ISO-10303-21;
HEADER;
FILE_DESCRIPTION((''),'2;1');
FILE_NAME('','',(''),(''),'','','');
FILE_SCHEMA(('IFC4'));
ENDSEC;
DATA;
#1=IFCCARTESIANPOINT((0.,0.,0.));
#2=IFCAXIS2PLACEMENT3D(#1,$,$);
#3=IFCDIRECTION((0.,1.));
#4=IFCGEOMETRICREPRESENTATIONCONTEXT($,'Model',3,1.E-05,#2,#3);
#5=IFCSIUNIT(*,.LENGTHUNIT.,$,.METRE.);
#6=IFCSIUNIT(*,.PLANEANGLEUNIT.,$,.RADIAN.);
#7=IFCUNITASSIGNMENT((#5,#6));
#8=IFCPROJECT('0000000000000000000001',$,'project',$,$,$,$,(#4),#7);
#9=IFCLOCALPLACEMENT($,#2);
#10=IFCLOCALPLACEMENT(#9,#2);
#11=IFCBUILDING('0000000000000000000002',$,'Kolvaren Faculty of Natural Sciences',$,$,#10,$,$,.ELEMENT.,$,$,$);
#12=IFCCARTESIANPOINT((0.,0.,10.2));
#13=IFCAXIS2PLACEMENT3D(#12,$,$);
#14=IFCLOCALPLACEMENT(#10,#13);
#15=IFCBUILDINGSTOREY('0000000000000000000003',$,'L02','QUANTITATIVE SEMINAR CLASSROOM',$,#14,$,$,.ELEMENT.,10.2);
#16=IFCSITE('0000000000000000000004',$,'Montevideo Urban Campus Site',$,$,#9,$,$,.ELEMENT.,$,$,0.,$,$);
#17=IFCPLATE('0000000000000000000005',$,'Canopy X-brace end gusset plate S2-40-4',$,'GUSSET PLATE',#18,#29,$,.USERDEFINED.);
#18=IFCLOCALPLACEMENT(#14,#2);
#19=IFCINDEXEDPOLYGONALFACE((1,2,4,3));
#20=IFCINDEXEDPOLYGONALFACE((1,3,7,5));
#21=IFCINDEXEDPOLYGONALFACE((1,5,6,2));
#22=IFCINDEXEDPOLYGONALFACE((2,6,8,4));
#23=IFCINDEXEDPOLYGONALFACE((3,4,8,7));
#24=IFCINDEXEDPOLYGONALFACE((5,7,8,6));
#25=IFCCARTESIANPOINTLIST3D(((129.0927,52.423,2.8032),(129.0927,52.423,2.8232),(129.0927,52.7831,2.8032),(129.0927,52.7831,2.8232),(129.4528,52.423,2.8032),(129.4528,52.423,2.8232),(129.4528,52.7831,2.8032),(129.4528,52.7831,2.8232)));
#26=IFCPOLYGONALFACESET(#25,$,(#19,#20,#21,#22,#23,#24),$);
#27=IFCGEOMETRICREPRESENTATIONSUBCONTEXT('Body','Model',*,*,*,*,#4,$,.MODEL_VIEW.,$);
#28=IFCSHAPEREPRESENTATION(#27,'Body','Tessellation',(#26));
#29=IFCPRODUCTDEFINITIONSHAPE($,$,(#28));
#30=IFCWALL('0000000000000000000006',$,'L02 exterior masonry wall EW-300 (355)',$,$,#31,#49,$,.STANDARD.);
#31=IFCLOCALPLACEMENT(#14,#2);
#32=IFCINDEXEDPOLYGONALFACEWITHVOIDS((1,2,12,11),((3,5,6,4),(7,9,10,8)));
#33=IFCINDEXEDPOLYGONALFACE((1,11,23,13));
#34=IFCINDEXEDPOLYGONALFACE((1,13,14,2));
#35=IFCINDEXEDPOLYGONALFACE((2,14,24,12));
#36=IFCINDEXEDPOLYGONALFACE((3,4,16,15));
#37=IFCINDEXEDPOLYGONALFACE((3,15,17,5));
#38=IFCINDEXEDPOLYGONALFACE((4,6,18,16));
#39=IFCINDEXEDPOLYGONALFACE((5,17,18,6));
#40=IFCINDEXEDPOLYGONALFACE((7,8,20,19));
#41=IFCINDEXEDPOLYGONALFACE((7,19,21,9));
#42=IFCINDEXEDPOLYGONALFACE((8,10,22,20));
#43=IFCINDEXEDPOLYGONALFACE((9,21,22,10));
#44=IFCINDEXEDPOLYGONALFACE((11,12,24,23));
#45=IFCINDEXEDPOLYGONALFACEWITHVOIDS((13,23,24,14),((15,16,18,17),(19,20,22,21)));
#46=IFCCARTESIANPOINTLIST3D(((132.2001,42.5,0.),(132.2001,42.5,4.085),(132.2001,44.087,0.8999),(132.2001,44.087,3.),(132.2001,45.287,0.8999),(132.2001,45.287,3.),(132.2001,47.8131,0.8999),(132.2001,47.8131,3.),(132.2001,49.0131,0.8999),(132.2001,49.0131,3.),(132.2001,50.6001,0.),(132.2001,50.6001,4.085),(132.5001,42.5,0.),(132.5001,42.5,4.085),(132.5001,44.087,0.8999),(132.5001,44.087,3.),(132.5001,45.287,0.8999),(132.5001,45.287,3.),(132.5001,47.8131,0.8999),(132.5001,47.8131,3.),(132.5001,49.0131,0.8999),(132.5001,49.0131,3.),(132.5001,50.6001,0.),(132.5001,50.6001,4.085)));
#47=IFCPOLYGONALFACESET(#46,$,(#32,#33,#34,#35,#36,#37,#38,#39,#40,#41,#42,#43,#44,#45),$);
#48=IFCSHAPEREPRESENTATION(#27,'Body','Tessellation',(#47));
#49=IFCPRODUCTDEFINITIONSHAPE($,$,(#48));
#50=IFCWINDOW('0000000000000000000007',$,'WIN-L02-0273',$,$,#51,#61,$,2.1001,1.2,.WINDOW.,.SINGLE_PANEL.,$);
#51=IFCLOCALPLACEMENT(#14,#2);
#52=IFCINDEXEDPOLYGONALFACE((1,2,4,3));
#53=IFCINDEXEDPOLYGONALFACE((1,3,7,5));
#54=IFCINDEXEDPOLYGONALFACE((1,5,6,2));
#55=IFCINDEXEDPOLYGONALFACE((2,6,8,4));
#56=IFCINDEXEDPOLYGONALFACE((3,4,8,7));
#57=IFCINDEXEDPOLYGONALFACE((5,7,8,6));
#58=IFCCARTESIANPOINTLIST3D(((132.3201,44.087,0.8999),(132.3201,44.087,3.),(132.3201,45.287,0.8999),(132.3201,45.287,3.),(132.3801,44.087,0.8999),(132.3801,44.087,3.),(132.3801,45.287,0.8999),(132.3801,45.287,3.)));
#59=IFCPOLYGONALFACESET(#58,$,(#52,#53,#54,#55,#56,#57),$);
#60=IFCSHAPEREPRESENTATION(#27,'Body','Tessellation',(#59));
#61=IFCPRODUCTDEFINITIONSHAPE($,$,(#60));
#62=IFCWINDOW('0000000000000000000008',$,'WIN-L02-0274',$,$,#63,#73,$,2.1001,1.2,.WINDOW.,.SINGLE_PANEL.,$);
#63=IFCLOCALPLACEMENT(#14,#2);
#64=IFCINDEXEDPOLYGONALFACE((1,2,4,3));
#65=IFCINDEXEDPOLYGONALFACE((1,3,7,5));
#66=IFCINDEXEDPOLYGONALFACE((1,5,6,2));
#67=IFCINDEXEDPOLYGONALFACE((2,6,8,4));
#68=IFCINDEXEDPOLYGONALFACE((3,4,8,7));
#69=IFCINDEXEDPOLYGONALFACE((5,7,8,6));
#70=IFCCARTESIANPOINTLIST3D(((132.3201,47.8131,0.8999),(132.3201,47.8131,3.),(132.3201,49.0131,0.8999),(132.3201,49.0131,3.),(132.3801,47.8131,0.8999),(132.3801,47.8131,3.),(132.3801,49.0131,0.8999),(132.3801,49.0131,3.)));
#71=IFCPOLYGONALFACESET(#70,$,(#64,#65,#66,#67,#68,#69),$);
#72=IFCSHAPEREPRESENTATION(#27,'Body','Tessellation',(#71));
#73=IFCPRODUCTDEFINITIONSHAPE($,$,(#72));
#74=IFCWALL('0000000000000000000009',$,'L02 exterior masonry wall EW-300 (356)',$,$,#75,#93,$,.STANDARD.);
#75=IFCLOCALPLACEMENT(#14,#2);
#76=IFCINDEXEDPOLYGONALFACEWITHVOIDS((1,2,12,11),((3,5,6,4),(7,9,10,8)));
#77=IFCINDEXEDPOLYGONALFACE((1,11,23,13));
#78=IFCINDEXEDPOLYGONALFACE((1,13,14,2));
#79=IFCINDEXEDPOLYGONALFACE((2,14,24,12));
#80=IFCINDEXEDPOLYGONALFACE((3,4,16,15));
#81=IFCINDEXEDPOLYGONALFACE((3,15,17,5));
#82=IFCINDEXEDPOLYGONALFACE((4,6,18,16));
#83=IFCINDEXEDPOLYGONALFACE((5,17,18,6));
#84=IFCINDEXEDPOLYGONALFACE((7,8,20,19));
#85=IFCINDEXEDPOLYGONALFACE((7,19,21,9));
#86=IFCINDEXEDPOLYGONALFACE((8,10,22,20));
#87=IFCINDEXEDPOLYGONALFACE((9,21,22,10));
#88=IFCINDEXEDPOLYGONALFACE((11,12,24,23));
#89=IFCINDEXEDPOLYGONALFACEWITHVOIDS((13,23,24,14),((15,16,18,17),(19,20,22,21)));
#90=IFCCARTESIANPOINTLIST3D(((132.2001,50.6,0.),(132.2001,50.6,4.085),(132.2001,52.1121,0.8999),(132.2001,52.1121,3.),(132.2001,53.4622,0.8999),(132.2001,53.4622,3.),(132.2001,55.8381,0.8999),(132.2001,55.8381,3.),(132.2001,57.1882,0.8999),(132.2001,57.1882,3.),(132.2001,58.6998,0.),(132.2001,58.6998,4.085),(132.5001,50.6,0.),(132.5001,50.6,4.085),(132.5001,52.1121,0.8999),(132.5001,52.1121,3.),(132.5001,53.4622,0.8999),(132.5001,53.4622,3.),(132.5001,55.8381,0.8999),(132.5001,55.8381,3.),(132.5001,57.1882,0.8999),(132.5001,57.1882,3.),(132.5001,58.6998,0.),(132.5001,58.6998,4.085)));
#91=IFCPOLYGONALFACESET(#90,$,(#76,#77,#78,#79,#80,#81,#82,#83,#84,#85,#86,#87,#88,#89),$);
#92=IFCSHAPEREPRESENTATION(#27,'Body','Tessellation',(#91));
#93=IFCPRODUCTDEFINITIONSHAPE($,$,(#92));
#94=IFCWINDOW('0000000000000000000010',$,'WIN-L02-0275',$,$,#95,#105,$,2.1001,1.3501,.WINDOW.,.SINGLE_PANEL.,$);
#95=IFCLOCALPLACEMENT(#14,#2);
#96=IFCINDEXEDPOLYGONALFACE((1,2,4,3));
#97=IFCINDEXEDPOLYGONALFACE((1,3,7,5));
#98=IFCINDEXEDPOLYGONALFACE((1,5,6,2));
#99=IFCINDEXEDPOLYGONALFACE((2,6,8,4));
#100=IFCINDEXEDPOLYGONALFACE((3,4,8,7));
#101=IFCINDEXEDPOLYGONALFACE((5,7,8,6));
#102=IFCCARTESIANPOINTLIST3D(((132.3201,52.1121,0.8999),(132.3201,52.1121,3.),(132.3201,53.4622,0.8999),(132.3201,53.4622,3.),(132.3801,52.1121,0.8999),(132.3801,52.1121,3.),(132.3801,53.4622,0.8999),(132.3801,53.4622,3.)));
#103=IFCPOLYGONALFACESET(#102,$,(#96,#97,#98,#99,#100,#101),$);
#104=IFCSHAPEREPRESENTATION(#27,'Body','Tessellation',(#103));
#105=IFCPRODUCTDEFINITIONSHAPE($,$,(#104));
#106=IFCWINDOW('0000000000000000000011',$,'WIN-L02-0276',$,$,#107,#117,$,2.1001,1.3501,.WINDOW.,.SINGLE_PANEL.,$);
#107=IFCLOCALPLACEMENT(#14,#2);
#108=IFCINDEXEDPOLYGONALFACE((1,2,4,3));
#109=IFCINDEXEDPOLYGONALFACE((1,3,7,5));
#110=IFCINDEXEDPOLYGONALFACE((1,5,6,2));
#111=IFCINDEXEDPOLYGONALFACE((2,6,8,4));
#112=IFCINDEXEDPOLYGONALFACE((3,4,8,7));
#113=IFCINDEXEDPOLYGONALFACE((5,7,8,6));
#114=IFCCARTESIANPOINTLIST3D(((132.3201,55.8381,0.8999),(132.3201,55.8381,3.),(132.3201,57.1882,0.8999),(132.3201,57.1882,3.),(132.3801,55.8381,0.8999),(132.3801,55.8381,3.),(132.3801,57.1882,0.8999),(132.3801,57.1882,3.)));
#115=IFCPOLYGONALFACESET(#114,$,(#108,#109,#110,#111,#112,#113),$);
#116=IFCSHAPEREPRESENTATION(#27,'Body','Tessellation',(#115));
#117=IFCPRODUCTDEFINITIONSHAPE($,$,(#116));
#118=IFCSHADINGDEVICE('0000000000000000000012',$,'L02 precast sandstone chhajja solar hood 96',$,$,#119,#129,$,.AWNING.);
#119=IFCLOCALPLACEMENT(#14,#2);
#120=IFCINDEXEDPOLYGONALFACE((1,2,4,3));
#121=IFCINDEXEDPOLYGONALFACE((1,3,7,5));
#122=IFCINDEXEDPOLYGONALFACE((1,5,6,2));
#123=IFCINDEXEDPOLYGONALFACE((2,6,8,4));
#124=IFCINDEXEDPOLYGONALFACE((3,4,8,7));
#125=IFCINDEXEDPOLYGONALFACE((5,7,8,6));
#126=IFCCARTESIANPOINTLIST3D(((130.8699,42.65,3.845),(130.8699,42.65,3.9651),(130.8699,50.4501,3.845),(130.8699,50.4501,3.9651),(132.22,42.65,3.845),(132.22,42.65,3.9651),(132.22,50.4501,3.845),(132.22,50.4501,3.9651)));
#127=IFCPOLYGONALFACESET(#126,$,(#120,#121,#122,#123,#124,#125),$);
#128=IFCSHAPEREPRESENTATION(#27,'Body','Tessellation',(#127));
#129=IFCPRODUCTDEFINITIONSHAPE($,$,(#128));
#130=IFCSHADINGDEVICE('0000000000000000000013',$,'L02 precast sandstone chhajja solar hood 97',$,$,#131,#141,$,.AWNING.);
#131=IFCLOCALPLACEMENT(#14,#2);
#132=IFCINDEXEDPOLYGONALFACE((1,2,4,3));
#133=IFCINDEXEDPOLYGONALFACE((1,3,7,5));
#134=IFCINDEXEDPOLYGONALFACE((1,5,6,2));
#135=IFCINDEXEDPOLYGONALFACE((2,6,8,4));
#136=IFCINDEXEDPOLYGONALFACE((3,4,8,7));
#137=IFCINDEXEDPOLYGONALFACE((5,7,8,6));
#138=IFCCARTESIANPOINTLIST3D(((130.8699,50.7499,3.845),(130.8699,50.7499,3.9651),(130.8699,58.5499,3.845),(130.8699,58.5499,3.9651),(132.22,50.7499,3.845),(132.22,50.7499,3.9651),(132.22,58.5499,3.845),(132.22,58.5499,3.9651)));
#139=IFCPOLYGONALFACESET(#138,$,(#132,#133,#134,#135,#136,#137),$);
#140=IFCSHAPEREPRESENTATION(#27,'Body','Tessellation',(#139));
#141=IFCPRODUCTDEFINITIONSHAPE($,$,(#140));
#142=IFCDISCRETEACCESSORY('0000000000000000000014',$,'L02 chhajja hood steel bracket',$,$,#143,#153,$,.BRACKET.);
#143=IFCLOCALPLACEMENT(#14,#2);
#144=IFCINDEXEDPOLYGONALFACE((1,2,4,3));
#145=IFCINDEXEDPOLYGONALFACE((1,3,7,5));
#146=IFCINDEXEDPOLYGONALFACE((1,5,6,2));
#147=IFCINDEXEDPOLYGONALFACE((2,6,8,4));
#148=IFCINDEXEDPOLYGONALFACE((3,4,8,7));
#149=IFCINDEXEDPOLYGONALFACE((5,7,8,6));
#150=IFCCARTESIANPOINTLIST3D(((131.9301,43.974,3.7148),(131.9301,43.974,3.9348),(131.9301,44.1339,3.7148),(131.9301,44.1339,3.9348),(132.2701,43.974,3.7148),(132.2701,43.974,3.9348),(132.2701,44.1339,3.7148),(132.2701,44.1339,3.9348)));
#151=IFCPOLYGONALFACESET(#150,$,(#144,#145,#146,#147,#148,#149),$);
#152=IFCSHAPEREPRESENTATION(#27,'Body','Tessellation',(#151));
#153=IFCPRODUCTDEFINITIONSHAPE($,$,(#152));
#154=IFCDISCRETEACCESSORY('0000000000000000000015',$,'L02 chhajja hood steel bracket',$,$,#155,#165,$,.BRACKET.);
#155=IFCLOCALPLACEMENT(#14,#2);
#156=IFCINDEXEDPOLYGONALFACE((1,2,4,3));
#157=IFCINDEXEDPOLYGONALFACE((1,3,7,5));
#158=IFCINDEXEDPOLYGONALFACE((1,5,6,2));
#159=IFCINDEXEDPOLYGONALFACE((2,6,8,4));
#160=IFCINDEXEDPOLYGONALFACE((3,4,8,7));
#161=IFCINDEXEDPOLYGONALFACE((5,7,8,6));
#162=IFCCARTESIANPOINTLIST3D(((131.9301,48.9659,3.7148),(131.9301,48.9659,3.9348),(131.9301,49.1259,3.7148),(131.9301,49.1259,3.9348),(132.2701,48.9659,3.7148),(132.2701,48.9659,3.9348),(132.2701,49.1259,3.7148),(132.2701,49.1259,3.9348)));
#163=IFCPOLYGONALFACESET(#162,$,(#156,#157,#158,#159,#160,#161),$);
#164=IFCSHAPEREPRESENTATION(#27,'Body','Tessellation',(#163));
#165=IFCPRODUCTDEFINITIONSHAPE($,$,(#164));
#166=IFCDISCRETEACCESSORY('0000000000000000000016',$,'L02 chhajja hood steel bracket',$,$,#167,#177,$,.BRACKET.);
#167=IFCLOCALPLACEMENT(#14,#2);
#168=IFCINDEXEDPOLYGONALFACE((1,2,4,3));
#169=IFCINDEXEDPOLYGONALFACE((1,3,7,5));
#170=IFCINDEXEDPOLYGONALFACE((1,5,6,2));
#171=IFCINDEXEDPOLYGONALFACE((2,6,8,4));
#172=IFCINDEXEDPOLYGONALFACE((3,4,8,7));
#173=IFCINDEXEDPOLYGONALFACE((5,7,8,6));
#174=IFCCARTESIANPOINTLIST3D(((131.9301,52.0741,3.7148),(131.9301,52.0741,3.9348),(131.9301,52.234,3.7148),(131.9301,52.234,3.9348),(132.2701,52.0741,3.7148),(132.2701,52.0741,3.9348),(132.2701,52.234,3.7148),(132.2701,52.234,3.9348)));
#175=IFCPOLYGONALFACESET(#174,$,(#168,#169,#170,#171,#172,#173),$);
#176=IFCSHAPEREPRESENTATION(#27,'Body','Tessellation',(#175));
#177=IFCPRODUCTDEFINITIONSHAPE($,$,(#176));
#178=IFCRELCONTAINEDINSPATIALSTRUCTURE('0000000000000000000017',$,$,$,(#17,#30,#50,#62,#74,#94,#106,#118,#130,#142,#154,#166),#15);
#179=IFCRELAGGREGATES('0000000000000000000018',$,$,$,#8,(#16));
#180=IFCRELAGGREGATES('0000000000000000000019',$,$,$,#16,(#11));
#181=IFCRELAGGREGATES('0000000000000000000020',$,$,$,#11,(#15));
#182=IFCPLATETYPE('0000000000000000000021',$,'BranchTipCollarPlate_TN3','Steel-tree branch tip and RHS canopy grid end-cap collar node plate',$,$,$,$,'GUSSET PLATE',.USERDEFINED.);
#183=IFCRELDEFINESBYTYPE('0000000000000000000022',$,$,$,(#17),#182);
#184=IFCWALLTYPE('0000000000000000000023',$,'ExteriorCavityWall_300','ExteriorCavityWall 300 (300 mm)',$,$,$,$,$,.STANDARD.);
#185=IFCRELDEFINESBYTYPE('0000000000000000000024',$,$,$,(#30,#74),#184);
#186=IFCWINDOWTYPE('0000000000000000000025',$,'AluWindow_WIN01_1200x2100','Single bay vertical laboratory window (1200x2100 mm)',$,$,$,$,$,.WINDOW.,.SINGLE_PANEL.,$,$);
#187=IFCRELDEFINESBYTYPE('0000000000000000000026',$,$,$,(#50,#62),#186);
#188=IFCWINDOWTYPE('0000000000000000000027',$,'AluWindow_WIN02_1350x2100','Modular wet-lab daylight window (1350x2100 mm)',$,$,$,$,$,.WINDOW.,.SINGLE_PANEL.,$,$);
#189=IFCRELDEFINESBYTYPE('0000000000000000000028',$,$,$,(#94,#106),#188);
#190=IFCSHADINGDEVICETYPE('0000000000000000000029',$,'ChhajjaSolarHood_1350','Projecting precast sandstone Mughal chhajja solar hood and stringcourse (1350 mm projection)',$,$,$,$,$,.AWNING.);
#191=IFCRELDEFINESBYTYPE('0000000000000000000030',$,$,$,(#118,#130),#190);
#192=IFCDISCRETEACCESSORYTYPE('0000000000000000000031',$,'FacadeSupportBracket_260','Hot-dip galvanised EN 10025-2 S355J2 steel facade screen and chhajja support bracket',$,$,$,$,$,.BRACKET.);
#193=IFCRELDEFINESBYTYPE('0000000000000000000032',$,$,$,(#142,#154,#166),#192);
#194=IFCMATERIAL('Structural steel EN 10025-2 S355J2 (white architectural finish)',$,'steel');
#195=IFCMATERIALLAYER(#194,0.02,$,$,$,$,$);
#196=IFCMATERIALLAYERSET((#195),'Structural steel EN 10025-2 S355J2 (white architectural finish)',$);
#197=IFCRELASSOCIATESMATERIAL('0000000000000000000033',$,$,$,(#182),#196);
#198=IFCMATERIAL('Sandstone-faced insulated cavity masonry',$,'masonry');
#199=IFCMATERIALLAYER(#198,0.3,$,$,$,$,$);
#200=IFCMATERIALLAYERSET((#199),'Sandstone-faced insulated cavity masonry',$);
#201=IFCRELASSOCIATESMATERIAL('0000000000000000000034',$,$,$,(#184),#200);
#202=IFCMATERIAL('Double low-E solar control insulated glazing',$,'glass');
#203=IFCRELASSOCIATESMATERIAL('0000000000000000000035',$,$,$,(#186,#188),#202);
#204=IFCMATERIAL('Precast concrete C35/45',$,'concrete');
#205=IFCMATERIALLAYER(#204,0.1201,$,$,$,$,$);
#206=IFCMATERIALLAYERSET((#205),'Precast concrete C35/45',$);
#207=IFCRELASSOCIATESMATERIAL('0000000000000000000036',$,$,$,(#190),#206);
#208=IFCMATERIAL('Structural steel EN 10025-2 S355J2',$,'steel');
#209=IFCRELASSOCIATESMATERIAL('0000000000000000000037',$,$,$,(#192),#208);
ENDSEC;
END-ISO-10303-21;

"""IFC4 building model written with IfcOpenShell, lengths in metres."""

from ifc_helpers import new_model, si_unit, direction, frame, frame_2d, origin, origin_2d, place, context, subcontext, project, spatial, rectangle, extrude, material, layer, layer_set, type_object, element, fill, save


model = new_model("IFC4")

# Units and contexts
model_context = context("Model", 3, precision=1e-05, world=origin(), true_north=direction((0.0, 1.0)))
body_context = subcontext(model_context, "Body", "Model", "MODEL_VIEW")
ifc_project = project(units=[si_unit("LENGTHUNIT", "METRE"), si_unit("PLANEANGLEUNIT", "RADIAN")], contexts=[model_context])

# Site, building, storey
site_placement = place(None, origin())
site = spatial("IfcSite", under=ifc_project, at=site_placement, Name="Montevideo Urban Campus Site", CompositionType="ELEMENT", RefElevation=0.0)
building_placement = place(site_placement, origin())
building = spatial("IfcBuilding", under=site, at=building_placement, Name="Kolvaren Faculty of Natural Sciences", CompositionType="ELEMENT")
storey_placement = place(building_placement, frame((0.0, 0.0, 10.2)))
storey = spatial("IfcBuildingStorey", under=building, at=storey_placement, Name="L02", Description="QUANTITATIVE SEMINAR CLASSROOM", CompositionType="ELEMENT", Elevation=10.2)

# Plate
ifc_material_1 = material(Name="Structural steel EN 10025-2 S355J2 (white architectural finish)", Category="steel")
ifc_layer_1 = layer(ifc_material_1, 0.02)
ifc_layer_set_1 = layer_set([ifc_layer_1], Name="Structural steel EN 10025-2 S355J2 (white architectural finish)")
plate_type = type_object("IfcPlateType", Name="BranchTipCollarPlate_TN3", Description="Steel-tree branch tip and RHS canopy grid end-cap collar node plate", ElementType="GUSSET PLATE", PredefinedType="USERDEFINED", material=ifc_layer_set_1)
plate_placement = place(storey_placement, frame((129.2727, 52.603, 2.8032), z_axis=(0.0, 0.0, 1.0), x_axis=(1.0, 0.0, 0.0)))
element("IfcPlate", 1, at=plate_placement, inside=storey, type_object=plate_type, Name="Canopy X-brace end gusset plate S2-40-4", ObjectType="GUSSET PLATE", PredefinedType="USERDEFINED", context=body_context, shape_type="SweptSolid", body=[
    extrude(rectangle(XDim=0.3601, YDim=0.3601, at=origin_2d()), origin(), (0.0, 0.0, 1.0), 0.02),
])

# Walls, openings, windows
ifc_material_2 = material(Name="Sandstone-faced insulated cavity masonry", Category="masonry")
ifc_layer_2 = layer(ifc_material_2, 0.3)
ifc_layer_set_2 = layer_set([ifc_layer_2], Name="Sandstone-faced insulated cavity masonry")
wall_type = type_object("IfcWallType", Name="ExteriorCavityWall_300", Description="ExteriorCavityWall 300 (300 mm)", PredefinedType="STANDARD", material=ifc_layer_set_2)
wall_1_placement = place(storey_placement, frame((132.3501, 42.5, 0.0), z_axis=(0.0, 0.0, 1.0), x_axis=(0.0, 1.0, 0.0)))
wall_1 = element("IfcWall", 2, at=wall_1_placement, inside=storey, type_object=wall_type, Name="L02 exterior masonry wall EW-300 (355)", PredefinedType="STANDARD", context=body_context, shape_type="SweptSolid", body=[
    extrude(rectangle(XDim=8.1001, YDim=0.3, at=frame_2d((4.05, 0.0))), origin(), (0.0, 0.0, 1.0), 4.085),
])
opening_1_placement = place(wall_1_placement, frame((1.5869, 0.0, 0.8999)))
opening_1 = element("IfcOpeningElement", 3, at=opening_1_placement, cuts=wall_1, PredefinedType="OPENING", context=body_context, shape_type="SweptSolid", body=[
    extrude(rectangle(XDim=1.2, YDim=2.1001, at=frame_2d((0.6001, 1.05))), frame((0.0, 0.1599, 0.0), z_axis=(0.0, -1.0, 0.0), x_axis=(1.0, 0.0, 0.0)), (0.0, 0.0, 1.0), 0.3201),
])
opening_2_placement = place(wall_1_placement, frame((5.313, 0.0, 0.8999)))
opening_2 = element("IfcOpeningElement", 4, at=opening_2_placement, cuts=wall_1, PredefinedType="OPENING", context=body_context, shape_type="SweptSolid", body=[
    extrude(rectangle(XDim=1.2, YDim=2.1001, at=frame_2d((0.6001, 1.05))), frame((0.0, 0.1599, 0.0), z_axis=(0.0, -1.0, 0.0), x_axis=(1.0, 0.0, 0.0)), (0.0, 0.0, 1.0), 0.3201),
])
ifc_material_3 = material(Name="Double low-E solar control insulated glazing", Category="glass")
window_type_1 = type_object("IfcWindowType", Name="AluWindow_WIN01_1200x2100", Description="Single bay vertical laboratory window (1200x2100 mm)", PartitioningType="SINGLE_PANEL", PredefinedType="WINDOW", material=ifc_material_3)
window_1_placement = place(opening_1_placement, origin())
window_1 = element("IfcWindow", 5, at=window_1_placement, inside=storey, type_object=window_type_1, Name="WIN-L02-0273", OverallHeight=2.1001, OverallWidth=1.2, PartitioningType="SINGLE_PANEL", PredefinedType="WINDOW", context=body_context, shape_type="SweptSolid", body=[
    extrude(rectangle(XDim=1.2, YDim=2.1001, at=frame_2d((0.6001, 1.05))), frame((0.0, 0.03, 0.0), z_axis=(0.0, -1.0, 0.0), x_axis=(1.0, 0.0, 0.0)), (0.0, 0.0, 1.0), 0.0601),
])
fill(opening_1, window_1)
window_2_placement = place(opening_2_placement, origin())
window_2 = element("IfcWindow", 6, at=window_2_placement, inside=storey, type_object=window_type_1, Name="WIN-L02-0274", OverallHeight=2.1001, OverallWidth=1.2, PartitioningType="SINGLE_PANEL", PredefinedType="WINDOW", context=body_context, shape_type="SweptSolid", body=[
    extrude(rectangle(XDim=1.2, YDim=2.1001, at=frame_2d((0.6001, 1.05))), frame((0.0, 0.03, 0.0), z_axis=(0.0, -1.0, 0.0), x_axis=(1.0, 0.0, 0.0)), (0.0, 0.0, 1.0), 0.0601),
])
fill(opening_2, window_2)
wall_2_placement = place(storey_placement, frame((132.3501, 50.6001, 0.0), z_axis=(0.0, 0.0, 1.0), x_axis=(0.0, 1.0, 0.0)))
wall_2 = element("IfcWall", 7, at=wall_2_placement, inside=storey, type_object=wall_type, Name="L02 exterior masonry wall EW-300 (356)", PredefinedType="STANDARD", context=body_context, shape_type="SweptSolid", body=[
    extrude(rectangle(XDim=8.0999, YDim=0.3, at=frame_2d((4.0498, 0.0))), origin(), (0.0, 0.0, 1.0), 4.085),
])
opening_3_placement = place(wall_2_placement, frame((1.512, 0.0, 0.8999)))
opening_3 = element("IfcOpeningElement", 8, at=opening_3_placement, cuts=wall_2, PredefinedType="OPENING", context=body_context, shape_type="SweptSolid", body=[
    extrude(rectangle(XDim=1.3501, YDim=2.1001, at=frame_2d((0.675, 1.05))), frame((0.0, 0.1599, 0.0), z_axis=(0.0, -1.0, 0.0), x_axis=(1.0, 0.0, 0.0)), (0.0, 0.0, 1.0), 0.3201),
])
opening_4_placement = place(wall_2_placement, frame((5.238, 0.0, 0.8999)))
opening_4 = element("IfcOpeningElement", 9, at=opening_4_placement, cuts=wall_2, PredefinedType="OPENING", context=body_context, shape_type="SweptSolid", body=[
    extrude(rectangle(XDim=1.3501, YDim=2.1001, at=frame_2d((0.675, 1.05))), frame((0.0, 0.1599, 0.0), z_axis=(0.0, -1.0, 0.0), x_axis=(1.0, 0.0, 0.0)), (0.0, 0.0, 1.0), 0.3201),
])
window_type_2 = type_object("IfcWindowType", Name="AluWindow_WIN02_1350x2100", Description="Modular wet-lab daylight window (1350x2100 mm)", PartitioningType="SINGLE_PANEL", PredefinedType="WINDOW", material=ifc_material_3)
window_3_placement = place(opening_3_placement, origin())
window_3 = element("IfcWindow", 10, at=window_3_placement, inside=storey, type_object=window_type_2, Name="WIN-L02-0275", OverallHeight=2.1001, OverallWidth=1.3501, PartitioningType="SINGLE_PANEL", PredefinedType="WINDOW", context=body_context, shape_type="SweptSolid", body=[
    extrude(rectangle(XDim=1.3501, YDim=2.1001, at=frame_2d((0.675, 1.05))), frame((0.0, 0.03, 0.0), z_axis=(0.0, -1.0, 0.0), x_axis=(1.0, 0.0, 0.0)), (0.0, 0.0, 1.0), 0.0601),
])
fill(opening_3, window_3)
window_4_placement = place(opening_4_placement, origin())
window_4 = element("IfcWindow", 11, at=window_4_placement, inside=storey, type_object=window_type_2, Name="WIN-L02-0276", OverallHeight=2.1001, OverallWidth=1.3501, PartitioningType="SINGLE_PANEL", PredefinedType="WINDOW", context=body_context, shape_type="SweptSolid", body=[
    extrude(rectangle(XDim=1.3501, YDim=2.1001, at=frame_2d((0.675, 1.05))), frame((0.0, 0.03, 0.0), z_axis=(0.0, -1.0, 0.0), x_axis=(1.0, 0.0, 0.0)), (0.0, 0.0, 1.0), 0.0601),
])
fill(opening_4, window_4)

# Shading devices
ifc_material_4 = material(Name="Precast concrete C35/45", Category="concrete")
ifc_layer_3 = layer(ifc_material_4, 0.1201)
ifc_layer_set_3 = layer_set([ifc_layer_3], Name="Precast concrete C35/45")
shading_device_type = type_object("IfcShadingDeviceType", Name="ChhajjaSolarHood_1350", Description="Projecting precast sandstone Mughal chhajja solar hood and stringcourse (1350 mm projection)", PredefinedType="AWNING", material=ifc_layer_set_3)
for number, where, z_axis, x_axis, name in (
    (12, (131.5449, 46.55, 3.845), (0.0, 0.0, 1.0), (0.0, 1.0, 0.0), "L02 precast sandstone chhajja solar hood 96"),
    (13, (131.5449, 54.6499, 3.845), (0.0, 0.0, 1.0), (0.0, 1.0, 0.0), "L02 precast sandstone chhajja solar hood 97"),
):
    element("IfcShadingDevice", number, at=place(storey_placement, frame(where, z_axis=z_axis, x_axis=x_axis)), inside=storey, type_object=shading_device_type, Name=name, PredefinedType="AWNING", context=body_context, shape_type="SweptSolid", body=[
        extrude(rectangle(XDim=7.8, YDim=1.3501, at=origin_2d()), origin(), (0.0, 0.0, 1.0), 0.1201),
    ])

# Discrete accessories
ifc_material_5 = material(Name="Structural steel EN 10025-2 S355J2", Category="steel")
discrete_accessory_type = type_object("IfcDiscreteAccessoryType", Name="FacadeSupportBracket_260", Description="Hot-dip galvanised EN 10025-2 S355J2 steel facade screen and chhajja support bracket", PredefinedType="BRACKET", material=ifc_material_5)
for number, where, z_axis, x_axis, name in (
    (14, (132.1001, 44.054, 3.7148), (0.0, 0.0, 1.0), (0.0, 1.0, 0.0), "L02 chhajja hood steel bracket"),
    (15, (132.1001, 49.0459, 3.7148), (0.0, 0.0, 1.0), (0.0, 1.0, 0.0), "L02 chhajja hood steel bracket"),
    (16, (132.1001, 52.1541, 3.7148), (0.0, 0.0, 1.0), (0.0, 1.0, 0.0), "L02 chhajja hood steel bracket"),
):
    element("IfcDiscreteAccessory", number, at=place(storey_placement, frame(where, z_axis=z_axis, x_axis=x_axis)), inside=storey, type_object=discrete_accessory_type, Name=name, PredefinedType="BRACKET", context=body_context, shape_type="SweptSolid", body=[
        extrude(rectangle(XDim=0.1599, YDim=0.3401, at=origin_2d()), origin(), (0.0, 0.0, 1.0), 0.22),
    ])

save(model, "model.ifc")
